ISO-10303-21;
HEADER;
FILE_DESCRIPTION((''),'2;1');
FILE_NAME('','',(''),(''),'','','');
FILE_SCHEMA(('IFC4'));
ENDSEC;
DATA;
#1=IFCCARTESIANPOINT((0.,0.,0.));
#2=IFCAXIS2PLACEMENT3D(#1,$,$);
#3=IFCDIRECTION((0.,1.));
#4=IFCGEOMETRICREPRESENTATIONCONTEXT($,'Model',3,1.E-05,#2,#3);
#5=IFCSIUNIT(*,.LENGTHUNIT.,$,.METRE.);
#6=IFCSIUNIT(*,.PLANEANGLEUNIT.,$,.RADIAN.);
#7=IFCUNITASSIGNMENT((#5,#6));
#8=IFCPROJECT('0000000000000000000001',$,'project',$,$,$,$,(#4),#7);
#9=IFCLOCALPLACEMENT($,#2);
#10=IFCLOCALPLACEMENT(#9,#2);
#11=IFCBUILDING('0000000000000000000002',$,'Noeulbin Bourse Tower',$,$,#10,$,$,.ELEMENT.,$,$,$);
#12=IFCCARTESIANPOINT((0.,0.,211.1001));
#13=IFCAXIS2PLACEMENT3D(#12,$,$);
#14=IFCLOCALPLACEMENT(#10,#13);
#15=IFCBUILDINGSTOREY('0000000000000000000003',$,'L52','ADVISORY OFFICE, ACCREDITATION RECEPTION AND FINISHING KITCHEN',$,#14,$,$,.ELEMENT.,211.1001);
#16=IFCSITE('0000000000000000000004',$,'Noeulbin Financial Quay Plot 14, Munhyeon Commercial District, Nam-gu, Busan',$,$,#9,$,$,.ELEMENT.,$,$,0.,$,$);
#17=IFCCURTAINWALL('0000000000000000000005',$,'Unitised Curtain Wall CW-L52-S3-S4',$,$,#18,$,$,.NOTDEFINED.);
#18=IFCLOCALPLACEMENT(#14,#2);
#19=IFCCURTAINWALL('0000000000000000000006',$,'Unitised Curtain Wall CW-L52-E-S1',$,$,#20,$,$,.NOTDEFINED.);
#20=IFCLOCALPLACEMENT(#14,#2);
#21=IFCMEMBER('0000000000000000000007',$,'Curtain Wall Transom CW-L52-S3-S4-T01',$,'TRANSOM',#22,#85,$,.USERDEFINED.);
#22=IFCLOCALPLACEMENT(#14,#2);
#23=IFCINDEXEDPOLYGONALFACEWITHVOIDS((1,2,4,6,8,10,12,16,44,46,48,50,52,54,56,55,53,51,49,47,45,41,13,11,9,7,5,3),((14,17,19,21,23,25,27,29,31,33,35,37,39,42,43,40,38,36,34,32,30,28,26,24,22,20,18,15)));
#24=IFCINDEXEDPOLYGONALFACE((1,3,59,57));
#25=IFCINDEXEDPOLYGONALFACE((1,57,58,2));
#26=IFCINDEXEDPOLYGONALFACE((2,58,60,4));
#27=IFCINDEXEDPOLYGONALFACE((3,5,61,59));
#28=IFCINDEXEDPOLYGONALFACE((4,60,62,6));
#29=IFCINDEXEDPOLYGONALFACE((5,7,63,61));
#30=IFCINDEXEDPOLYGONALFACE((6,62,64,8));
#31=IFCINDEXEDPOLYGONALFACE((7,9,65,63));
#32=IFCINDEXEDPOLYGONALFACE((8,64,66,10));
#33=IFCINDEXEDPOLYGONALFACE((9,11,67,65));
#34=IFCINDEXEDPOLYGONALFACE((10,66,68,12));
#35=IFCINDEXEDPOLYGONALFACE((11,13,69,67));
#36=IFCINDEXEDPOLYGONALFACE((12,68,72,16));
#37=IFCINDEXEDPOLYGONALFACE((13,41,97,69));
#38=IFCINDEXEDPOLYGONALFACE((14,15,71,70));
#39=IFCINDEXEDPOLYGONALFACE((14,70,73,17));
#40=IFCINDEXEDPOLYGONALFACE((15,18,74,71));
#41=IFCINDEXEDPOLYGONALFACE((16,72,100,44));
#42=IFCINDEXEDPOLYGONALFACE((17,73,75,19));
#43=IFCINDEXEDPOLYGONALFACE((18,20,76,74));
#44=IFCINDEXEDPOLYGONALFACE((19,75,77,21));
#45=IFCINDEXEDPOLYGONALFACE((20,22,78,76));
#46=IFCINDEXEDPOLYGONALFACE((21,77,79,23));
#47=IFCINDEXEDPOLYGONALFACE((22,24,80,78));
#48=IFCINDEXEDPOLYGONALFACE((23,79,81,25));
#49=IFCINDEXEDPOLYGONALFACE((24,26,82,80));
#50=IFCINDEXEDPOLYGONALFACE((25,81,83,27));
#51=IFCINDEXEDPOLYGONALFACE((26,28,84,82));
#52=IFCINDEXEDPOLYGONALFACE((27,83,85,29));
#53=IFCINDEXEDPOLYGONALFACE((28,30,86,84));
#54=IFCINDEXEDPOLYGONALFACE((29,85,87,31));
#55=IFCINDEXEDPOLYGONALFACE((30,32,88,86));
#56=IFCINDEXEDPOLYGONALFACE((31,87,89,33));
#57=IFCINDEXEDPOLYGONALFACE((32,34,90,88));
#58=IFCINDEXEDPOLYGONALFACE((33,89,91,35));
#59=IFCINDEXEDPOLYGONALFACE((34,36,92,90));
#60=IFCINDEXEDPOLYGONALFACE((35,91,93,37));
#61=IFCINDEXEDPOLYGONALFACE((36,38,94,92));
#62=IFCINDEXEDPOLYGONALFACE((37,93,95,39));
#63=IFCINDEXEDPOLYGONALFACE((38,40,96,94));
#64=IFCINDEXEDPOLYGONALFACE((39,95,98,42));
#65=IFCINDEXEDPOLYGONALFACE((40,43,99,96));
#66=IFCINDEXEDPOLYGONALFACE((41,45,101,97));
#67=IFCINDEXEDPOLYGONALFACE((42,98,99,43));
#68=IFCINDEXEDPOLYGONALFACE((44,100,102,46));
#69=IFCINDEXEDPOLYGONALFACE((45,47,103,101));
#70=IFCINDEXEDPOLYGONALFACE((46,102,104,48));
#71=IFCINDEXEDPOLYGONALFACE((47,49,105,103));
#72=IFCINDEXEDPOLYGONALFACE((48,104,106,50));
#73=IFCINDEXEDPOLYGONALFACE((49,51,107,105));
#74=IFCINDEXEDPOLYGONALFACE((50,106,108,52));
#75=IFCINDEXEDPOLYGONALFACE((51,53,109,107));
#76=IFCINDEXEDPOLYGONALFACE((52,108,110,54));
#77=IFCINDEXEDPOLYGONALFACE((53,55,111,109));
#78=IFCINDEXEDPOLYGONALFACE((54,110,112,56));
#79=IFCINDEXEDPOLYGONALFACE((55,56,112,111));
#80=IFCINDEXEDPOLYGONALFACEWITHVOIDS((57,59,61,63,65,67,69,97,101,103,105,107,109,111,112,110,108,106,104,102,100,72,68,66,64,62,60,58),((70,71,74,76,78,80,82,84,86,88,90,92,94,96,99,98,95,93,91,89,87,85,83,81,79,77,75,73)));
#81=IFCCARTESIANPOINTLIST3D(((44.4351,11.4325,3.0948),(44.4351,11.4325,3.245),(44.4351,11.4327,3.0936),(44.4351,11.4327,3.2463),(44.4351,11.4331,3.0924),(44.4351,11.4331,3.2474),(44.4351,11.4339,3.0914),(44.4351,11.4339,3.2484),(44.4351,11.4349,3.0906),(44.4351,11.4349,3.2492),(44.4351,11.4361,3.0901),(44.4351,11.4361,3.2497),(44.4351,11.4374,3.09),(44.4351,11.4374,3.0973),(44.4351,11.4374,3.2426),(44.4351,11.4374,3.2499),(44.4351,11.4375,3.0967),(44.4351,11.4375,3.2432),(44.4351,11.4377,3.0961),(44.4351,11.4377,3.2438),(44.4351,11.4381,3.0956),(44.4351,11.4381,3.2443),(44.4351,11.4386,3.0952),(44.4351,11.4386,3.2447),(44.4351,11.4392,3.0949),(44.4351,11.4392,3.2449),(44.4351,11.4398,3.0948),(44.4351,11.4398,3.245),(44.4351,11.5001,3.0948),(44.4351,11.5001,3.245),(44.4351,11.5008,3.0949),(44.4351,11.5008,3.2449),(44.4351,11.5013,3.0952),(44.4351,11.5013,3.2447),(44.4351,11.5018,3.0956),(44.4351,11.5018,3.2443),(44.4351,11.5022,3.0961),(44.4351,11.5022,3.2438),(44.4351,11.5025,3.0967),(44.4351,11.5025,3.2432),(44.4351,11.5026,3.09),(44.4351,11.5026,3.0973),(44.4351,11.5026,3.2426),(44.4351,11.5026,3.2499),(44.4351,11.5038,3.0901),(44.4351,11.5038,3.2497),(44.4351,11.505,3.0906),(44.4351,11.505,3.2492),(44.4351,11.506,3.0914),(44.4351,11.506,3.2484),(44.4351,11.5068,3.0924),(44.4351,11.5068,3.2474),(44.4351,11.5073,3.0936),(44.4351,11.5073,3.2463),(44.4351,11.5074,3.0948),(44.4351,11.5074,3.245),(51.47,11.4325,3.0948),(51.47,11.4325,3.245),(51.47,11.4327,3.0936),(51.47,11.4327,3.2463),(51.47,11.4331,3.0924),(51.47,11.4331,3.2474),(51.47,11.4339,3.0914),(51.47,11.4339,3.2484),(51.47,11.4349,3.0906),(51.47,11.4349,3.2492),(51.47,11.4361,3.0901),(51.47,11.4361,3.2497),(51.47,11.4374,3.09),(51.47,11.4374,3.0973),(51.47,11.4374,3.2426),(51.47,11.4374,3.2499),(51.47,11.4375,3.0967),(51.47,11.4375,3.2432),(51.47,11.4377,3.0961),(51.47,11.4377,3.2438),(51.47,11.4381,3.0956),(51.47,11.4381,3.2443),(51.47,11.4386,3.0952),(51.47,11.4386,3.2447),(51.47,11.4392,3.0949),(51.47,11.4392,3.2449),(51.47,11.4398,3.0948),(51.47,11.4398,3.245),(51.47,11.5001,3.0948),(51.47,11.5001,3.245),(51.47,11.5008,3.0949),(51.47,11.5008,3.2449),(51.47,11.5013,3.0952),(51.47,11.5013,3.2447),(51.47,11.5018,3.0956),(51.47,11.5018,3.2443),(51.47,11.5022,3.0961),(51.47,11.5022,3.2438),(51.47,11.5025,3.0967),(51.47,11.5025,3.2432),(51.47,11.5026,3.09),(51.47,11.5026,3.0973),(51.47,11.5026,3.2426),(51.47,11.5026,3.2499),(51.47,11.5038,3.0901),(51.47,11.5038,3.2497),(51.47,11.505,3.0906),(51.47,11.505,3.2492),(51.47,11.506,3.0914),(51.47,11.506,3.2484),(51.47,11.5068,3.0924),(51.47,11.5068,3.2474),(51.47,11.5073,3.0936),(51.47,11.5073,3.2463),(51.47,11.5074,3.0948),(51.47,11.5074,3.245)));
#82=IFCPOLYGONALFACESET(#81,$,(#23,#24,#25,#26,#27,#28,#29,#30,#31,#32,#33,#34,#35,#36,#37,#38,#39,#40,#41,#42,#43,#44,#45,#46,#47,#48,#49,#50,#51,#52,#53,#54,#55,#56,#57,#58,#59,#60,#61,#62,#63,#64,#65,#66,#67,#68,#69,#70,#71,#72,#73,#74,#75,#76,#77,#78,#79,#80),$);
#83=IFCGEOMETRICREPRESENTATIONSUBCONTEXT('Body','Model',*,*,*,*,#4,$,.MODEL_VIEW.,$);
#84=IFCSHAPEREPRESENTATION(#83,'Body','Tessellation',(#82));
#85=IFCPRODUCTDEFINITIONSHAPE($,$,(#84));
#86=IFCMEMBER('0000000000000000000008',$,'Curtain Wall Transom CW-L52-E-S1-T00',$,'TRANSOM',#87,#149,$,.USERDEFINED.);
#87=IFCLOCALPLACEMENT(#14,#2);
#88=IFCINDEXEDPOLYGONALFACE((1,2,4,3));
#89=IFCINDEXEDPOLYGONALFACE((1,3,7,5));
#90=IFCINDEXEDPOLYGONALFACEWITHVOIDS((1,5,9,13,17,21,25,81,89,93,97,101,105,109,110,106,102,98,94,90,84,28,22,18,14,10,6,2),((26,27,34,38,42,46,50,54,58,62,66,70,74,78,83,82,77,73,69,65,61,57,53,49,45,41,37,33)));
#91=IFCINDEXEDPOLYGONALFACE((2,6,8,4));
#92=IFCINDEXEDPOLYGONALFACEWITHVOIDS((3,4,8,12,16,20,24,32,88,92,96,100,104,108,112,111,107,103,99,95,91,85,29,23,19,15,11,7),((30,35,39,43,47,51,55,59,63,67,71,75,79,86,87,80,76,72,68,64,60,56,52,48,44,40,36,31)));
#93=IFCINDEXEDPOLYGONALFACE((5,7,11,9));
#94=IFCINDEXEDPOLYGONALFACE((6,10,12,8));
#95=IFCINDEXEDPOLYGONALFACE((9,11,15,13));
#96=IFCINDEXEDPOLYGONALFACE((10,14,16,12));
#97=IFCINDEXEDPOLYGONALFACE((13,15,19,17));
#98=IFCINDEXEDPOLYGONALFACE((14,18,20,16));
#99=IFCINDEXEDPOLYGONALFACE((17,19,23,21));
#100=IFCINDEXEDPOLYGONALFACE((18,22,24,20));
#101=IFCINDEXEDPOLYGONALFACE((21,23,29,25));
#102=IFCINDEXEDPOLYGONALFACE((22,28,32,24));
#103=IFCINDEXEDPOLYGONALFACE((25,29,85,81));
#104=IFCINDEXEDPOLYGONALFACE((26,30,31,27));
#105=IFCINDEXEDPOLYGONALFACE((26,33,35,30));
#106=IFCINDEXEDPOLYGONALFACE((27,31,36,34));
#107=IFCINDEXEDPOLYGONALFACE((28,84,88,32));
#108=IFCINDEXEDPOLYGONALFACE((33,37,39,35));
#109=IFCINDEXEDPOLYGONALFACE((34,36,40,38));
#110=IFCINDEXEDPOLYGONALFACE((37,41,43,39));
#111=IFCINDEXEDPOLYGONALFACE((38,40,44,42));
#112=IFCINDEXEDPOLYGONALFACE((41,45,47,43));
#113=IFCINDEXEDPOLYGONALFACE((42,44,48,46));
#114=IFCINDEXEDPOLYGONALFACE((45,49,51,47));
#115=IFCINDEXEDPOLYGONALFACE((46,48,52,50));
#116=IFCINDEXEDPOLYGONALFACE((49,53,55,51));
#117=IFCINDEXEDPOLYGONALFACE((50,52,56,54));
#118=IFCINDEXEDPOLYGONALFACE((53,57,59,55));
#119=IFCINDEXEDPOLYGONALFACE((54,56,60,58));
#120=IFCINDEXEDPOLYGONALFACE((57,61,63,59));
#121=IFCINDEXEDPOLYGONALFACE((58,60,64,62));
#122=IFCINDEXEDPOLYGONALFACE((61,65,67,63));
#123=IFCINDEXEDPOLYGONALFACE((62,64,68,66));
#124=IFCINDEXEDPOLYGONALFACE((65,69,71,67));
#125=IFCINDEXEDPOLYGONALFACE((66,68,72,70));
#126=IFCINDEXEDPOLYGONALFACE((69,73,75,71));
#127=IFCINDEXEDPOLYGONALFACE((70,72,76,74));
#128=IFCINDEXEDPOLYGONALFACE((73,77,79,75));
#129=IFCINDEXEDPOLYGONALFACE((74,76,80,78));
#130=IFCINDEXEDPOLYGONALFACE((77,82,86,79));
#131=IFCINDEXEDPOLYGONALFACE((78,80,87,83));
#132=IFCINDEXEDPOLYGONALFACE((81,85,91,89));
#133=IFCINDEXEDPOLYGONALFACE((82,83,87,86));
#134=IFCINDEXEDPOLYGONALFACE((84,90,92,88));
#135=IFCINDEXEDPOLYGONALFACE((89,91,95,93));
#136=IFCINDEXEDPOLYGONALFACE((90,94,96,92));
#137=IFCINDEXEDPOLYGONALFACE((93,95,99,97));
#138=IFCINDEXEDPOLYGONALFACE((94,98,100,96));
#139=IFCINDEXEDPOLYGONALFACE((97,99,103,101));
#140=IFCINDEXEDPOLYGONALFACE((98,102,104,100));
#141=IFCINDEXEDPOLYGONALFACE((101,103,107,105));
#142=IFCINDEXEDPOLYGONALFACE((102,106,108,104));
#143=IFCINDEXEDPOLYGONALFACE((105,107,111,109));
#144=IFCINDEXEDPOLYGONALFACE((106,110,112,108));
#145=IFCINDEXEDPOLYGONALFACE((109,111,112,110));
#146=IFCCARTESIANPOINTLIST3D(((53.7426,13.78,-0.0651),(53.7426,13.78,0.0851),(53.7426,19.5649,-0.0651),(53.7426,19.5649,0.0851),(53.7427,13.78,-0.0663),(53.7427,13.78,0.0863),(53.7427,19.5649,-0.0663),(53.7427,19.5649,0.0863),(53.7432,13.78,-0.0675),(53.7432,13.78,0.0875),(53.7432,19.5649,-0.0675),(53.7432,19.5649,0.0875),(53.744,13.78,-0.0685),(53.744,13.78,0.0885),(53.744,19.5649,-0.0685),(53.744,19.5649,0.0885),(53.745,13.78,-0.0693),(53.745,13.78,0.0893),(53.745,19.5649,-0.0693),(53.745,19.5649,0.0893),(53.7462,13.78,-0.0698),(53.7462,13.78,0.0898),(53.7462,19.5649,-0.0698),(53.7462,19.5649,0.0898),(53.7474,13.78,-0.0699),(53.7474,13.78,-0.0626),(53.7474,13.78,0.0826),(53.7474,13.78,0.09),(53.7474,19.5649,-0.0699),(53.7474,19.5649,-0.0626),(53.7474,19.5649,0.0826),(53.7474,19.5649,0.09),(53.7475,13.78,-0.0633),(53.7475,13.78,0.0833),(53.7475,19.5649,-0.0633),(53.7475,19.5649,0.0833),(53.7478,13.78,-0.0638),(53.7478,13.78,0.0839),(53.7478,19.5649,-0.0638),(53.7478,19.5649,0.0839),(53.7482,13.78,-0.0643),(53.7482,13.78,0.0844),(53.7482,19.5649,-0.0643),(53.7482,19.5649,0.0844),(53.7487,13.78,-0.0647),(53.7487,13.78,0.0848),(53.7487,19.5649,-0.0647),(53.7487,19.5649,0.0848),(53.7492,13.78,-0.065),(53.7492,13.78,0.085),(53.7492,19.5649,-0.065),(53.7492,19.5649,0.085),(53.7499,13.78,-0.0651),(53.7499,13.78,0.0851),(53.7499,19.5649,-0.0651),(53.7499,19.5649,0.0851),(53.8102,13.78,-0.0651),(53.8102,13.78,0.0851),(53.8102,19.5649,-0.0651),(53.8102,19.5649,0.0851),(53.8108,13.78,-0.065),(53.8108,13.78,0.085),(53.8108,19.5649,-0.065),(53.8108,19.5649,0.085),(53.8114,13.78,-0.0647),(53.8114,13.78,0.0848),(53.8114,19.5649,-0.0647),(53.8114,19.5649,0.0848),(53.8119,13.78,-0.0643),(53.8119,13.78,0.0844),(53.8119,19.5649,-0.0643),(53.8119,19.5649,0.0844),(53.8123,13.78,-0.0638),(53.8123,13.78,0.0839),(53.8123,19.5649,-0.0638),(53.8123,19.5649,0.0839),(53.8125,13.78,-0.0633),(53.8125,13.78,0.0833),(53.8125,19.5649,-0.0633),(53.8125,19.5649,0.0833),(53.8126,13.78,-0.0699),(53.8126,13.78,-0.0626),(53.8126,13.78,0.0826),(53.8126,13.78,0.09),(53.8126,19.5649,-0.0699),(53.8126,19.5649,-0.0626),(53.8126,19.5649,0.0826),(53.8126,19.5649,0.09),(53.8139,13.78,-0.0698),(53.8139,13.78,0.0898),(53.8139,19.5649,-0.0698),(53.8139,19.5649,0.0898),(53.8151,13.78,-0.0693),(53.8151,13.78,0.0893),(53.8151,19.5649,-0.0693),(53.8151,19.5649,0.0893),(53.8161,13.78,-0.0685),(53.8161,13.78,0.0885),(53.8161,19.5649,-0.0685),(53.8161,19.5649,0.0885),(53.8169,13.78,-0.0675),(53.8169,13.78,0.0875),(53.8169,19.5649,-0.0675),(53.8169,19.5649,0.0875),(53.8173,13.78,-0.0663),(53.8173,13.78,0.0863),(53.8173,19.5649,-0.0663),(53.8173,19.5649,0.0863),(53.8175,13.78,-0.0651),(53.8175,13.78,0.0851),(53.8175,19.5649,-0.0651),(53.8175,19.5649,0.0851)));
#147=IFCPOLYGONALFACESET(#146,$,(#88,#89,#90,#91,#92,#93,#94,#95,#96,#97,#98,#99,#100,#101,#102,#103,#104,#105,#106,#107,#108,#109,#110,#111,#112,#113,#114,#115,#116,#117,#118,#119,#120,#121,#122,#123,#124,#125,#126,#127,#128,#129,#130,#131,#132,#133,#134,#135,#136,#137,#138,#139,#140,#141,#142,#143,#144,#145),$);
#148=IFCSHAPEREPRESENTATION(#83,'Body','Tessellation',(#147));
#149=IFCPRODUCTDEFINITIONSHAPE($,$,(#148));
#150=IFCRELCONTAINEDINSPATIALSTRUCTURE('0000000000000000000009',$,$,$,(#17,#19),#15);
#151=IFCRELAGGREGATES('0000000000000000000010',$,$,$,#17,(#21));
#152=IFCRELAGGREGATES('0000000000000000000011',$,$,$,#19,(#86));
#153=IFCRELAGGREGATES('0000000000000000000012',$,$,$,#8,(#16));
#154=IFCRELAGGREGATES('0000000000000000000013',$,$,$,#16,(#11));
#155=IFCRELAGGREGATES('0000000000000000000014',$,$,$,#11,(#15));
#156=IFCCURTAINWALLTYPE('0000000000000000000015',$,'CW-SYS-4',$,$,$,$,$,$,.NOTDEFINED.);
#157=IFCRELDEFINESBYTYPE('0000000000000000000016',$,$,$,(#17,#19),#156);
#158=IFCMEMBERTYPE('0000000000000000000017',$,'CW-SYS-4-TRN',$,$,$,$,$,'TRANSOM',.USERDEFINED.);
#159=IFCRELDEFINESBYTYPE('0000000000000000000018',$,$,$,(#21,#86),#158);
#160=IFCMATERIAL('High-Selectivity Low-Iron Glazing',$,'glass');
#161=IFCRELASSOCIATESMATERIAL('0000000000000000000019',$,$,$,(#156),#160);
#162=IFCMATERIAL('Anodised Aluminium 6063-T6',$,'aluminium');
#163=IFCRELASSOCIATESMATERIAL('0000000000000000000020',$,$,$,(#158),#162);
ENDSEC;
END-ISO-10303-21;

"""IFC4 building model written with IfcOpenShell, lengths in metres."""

from ifc_helpers import new_model, si_unit, direction, frame, origin, origin_2d, place, context, subcontext, project, spatial, hollow_rectangle, extrude, material, material_profile, profile_set, type_object, element, aggregate, save


model = new_model("IFC4")

# Units and contexts
model_context = context("Model", 3, precision=1e-05, world=origin(), true_north=direction((0.0, 1.0)))
body_context = subcontext(model_context, "Body", "Model", "MODEL_VIEW")
ifc_project = project(units=[si_unit("LENGTHUNIT", "METRE"), si_unit("PLANEANGLEUNIT", "RADIAN")], contexts=[model_context])

# Site, building, storey
site_placement = place(None, origin())
site = spatial("IfcSite", under=ifc_project, at=site_placement, Name="Noeulbin Financial Quay Plot 14, Munhyeon Commercial District, Nam-gu, Busan", CompositionType="ELEMENT", RefElevation=0.0)
building_placement = place(site_placement, origin())
building = spatial("IfcBuilding", under=site, at=building_placement, Name="Noeulbin Bourse Tower", CompositionType="ELEMENT")
storey_placement = place(building_placement, frame((0.0, 0.0, 211.1001)))
storey = spatial("IfcBuildingStorey", under=building, at=storey_placement, Name="L52", Description="ADVISORY OFFICE, ACCREDITATION RECEPTION AND FINISHING KITCHEN", CompositionType="ELEMENT", Elevation=211.1001)

# Curtain walls
ifc_material_1 = material(Name="High-Selectivity Low-Iron Glazing", Category="glass")
curtain_wall_type = type_object("IfcCurtainWallType", Name="CW-SYS-4", PredefinedType="NOTDEFINED", material=ifc_material_1)
ifc_material_2 = material(Name="Anodised Aluminium 6063-T6", Category="aluminium")
curtain_wall_1_placement = place(storey_placement, origin())
curtain_wall_1 = element("IfcCurtainWall", 1, at=curtain_wall_1_placement, inside=storey, type_object=curtain_wall_type, Name="Unitised Curtain Wall CW-L52-S3-S4", PredefinedType="NOTDEFINED")
curtain_wall_2_placement = place(storey_placement, origin())
curtain_wall_2 = element("IfcCurtainWall", 2, at=curtain_wall_2_placement, inside=storey, type_object=curtain_wall_type, Name="Unitised Curtain Wall CW-L52-E-S1", PredefinedType="NOTDEFINED")

# Members
ifc_material_profile_1 = material_profile(ifc_material_2, hollow_rectangle(XDim=0.075, YDim=0.1599, WallThickness=0.0049, InnerFilletRadius=0.0024, OuterFilletRadius=0.0049, at=origin_2d()), Name="ALU-TRAN-75x160x5", Category="LoadBearing")
ifc_profile_set_1 = profile_set([ifc_material_profile_1], Name="Anodised Aluminium 6063-T6")
member_type_1 = type_object("IfcMemberType", Name="CW-SYS-4-TRN", ElementType="TRANSOM", PredefinedType="USERDEFINED", material=ifc_profile_set_1)
member_1_placement = place(storey_placement, frame((44.4351, 11.47, 3.1699), z_axis=(1.0, 0.0, 0.0), x_axis=(0.0, 1.0, 0.0)))
member_1 = element("IfcMember", 3, at=member_1_placement, type_object=member_type_1, Name="Curtain Wall Transom CW-L52-S3-S4-T01", ObjectType="TRANSOM", PredefinedType="USERDEFINED", context=body_context, shape_type="SweptSolid", body=[
    extrude(hollow_rectangle(XDim=0.075, YDim=0.1599, WallThickness=0.0049, InnerFilletRadius=0.0024, OuterFilletRadius=0.0049, at=origin_2d()), origin(), (0.0, 0.0, 1.0), 7.0349),
])
member_2_placement = place(storey_placement, frame((53.78, 13.78, 0.01), z_axis=(0.0, 1.0, 0.0), x_axis=(-1.0, 0.0, 0.0)))
member_2 = element("IfcMember", 4, at=member_2_placement, type_object=member_type_1, Name="Curtain Wall Transom CW-L52-E-S1-T00", ObjectType="TRANSOM", PredefinedType="USERDEFINED", context=body_context, shape_type="SweptSolid", body=[
    extrude(hollow_rectangle(XDim=0.075, YDim=0.1599, WallThickness=0.0049, InnerFilletRadius=0.0024, OuterFilletRadius=0.0049, at=origin_2d()), origin(), (0.0, 0.0, 1.0), 5.7849),
])

aggregate(curtain_wall_1, [member_1])
aggregate(curtain_wall_2, [member_2])

save(model, "model.ifc")
